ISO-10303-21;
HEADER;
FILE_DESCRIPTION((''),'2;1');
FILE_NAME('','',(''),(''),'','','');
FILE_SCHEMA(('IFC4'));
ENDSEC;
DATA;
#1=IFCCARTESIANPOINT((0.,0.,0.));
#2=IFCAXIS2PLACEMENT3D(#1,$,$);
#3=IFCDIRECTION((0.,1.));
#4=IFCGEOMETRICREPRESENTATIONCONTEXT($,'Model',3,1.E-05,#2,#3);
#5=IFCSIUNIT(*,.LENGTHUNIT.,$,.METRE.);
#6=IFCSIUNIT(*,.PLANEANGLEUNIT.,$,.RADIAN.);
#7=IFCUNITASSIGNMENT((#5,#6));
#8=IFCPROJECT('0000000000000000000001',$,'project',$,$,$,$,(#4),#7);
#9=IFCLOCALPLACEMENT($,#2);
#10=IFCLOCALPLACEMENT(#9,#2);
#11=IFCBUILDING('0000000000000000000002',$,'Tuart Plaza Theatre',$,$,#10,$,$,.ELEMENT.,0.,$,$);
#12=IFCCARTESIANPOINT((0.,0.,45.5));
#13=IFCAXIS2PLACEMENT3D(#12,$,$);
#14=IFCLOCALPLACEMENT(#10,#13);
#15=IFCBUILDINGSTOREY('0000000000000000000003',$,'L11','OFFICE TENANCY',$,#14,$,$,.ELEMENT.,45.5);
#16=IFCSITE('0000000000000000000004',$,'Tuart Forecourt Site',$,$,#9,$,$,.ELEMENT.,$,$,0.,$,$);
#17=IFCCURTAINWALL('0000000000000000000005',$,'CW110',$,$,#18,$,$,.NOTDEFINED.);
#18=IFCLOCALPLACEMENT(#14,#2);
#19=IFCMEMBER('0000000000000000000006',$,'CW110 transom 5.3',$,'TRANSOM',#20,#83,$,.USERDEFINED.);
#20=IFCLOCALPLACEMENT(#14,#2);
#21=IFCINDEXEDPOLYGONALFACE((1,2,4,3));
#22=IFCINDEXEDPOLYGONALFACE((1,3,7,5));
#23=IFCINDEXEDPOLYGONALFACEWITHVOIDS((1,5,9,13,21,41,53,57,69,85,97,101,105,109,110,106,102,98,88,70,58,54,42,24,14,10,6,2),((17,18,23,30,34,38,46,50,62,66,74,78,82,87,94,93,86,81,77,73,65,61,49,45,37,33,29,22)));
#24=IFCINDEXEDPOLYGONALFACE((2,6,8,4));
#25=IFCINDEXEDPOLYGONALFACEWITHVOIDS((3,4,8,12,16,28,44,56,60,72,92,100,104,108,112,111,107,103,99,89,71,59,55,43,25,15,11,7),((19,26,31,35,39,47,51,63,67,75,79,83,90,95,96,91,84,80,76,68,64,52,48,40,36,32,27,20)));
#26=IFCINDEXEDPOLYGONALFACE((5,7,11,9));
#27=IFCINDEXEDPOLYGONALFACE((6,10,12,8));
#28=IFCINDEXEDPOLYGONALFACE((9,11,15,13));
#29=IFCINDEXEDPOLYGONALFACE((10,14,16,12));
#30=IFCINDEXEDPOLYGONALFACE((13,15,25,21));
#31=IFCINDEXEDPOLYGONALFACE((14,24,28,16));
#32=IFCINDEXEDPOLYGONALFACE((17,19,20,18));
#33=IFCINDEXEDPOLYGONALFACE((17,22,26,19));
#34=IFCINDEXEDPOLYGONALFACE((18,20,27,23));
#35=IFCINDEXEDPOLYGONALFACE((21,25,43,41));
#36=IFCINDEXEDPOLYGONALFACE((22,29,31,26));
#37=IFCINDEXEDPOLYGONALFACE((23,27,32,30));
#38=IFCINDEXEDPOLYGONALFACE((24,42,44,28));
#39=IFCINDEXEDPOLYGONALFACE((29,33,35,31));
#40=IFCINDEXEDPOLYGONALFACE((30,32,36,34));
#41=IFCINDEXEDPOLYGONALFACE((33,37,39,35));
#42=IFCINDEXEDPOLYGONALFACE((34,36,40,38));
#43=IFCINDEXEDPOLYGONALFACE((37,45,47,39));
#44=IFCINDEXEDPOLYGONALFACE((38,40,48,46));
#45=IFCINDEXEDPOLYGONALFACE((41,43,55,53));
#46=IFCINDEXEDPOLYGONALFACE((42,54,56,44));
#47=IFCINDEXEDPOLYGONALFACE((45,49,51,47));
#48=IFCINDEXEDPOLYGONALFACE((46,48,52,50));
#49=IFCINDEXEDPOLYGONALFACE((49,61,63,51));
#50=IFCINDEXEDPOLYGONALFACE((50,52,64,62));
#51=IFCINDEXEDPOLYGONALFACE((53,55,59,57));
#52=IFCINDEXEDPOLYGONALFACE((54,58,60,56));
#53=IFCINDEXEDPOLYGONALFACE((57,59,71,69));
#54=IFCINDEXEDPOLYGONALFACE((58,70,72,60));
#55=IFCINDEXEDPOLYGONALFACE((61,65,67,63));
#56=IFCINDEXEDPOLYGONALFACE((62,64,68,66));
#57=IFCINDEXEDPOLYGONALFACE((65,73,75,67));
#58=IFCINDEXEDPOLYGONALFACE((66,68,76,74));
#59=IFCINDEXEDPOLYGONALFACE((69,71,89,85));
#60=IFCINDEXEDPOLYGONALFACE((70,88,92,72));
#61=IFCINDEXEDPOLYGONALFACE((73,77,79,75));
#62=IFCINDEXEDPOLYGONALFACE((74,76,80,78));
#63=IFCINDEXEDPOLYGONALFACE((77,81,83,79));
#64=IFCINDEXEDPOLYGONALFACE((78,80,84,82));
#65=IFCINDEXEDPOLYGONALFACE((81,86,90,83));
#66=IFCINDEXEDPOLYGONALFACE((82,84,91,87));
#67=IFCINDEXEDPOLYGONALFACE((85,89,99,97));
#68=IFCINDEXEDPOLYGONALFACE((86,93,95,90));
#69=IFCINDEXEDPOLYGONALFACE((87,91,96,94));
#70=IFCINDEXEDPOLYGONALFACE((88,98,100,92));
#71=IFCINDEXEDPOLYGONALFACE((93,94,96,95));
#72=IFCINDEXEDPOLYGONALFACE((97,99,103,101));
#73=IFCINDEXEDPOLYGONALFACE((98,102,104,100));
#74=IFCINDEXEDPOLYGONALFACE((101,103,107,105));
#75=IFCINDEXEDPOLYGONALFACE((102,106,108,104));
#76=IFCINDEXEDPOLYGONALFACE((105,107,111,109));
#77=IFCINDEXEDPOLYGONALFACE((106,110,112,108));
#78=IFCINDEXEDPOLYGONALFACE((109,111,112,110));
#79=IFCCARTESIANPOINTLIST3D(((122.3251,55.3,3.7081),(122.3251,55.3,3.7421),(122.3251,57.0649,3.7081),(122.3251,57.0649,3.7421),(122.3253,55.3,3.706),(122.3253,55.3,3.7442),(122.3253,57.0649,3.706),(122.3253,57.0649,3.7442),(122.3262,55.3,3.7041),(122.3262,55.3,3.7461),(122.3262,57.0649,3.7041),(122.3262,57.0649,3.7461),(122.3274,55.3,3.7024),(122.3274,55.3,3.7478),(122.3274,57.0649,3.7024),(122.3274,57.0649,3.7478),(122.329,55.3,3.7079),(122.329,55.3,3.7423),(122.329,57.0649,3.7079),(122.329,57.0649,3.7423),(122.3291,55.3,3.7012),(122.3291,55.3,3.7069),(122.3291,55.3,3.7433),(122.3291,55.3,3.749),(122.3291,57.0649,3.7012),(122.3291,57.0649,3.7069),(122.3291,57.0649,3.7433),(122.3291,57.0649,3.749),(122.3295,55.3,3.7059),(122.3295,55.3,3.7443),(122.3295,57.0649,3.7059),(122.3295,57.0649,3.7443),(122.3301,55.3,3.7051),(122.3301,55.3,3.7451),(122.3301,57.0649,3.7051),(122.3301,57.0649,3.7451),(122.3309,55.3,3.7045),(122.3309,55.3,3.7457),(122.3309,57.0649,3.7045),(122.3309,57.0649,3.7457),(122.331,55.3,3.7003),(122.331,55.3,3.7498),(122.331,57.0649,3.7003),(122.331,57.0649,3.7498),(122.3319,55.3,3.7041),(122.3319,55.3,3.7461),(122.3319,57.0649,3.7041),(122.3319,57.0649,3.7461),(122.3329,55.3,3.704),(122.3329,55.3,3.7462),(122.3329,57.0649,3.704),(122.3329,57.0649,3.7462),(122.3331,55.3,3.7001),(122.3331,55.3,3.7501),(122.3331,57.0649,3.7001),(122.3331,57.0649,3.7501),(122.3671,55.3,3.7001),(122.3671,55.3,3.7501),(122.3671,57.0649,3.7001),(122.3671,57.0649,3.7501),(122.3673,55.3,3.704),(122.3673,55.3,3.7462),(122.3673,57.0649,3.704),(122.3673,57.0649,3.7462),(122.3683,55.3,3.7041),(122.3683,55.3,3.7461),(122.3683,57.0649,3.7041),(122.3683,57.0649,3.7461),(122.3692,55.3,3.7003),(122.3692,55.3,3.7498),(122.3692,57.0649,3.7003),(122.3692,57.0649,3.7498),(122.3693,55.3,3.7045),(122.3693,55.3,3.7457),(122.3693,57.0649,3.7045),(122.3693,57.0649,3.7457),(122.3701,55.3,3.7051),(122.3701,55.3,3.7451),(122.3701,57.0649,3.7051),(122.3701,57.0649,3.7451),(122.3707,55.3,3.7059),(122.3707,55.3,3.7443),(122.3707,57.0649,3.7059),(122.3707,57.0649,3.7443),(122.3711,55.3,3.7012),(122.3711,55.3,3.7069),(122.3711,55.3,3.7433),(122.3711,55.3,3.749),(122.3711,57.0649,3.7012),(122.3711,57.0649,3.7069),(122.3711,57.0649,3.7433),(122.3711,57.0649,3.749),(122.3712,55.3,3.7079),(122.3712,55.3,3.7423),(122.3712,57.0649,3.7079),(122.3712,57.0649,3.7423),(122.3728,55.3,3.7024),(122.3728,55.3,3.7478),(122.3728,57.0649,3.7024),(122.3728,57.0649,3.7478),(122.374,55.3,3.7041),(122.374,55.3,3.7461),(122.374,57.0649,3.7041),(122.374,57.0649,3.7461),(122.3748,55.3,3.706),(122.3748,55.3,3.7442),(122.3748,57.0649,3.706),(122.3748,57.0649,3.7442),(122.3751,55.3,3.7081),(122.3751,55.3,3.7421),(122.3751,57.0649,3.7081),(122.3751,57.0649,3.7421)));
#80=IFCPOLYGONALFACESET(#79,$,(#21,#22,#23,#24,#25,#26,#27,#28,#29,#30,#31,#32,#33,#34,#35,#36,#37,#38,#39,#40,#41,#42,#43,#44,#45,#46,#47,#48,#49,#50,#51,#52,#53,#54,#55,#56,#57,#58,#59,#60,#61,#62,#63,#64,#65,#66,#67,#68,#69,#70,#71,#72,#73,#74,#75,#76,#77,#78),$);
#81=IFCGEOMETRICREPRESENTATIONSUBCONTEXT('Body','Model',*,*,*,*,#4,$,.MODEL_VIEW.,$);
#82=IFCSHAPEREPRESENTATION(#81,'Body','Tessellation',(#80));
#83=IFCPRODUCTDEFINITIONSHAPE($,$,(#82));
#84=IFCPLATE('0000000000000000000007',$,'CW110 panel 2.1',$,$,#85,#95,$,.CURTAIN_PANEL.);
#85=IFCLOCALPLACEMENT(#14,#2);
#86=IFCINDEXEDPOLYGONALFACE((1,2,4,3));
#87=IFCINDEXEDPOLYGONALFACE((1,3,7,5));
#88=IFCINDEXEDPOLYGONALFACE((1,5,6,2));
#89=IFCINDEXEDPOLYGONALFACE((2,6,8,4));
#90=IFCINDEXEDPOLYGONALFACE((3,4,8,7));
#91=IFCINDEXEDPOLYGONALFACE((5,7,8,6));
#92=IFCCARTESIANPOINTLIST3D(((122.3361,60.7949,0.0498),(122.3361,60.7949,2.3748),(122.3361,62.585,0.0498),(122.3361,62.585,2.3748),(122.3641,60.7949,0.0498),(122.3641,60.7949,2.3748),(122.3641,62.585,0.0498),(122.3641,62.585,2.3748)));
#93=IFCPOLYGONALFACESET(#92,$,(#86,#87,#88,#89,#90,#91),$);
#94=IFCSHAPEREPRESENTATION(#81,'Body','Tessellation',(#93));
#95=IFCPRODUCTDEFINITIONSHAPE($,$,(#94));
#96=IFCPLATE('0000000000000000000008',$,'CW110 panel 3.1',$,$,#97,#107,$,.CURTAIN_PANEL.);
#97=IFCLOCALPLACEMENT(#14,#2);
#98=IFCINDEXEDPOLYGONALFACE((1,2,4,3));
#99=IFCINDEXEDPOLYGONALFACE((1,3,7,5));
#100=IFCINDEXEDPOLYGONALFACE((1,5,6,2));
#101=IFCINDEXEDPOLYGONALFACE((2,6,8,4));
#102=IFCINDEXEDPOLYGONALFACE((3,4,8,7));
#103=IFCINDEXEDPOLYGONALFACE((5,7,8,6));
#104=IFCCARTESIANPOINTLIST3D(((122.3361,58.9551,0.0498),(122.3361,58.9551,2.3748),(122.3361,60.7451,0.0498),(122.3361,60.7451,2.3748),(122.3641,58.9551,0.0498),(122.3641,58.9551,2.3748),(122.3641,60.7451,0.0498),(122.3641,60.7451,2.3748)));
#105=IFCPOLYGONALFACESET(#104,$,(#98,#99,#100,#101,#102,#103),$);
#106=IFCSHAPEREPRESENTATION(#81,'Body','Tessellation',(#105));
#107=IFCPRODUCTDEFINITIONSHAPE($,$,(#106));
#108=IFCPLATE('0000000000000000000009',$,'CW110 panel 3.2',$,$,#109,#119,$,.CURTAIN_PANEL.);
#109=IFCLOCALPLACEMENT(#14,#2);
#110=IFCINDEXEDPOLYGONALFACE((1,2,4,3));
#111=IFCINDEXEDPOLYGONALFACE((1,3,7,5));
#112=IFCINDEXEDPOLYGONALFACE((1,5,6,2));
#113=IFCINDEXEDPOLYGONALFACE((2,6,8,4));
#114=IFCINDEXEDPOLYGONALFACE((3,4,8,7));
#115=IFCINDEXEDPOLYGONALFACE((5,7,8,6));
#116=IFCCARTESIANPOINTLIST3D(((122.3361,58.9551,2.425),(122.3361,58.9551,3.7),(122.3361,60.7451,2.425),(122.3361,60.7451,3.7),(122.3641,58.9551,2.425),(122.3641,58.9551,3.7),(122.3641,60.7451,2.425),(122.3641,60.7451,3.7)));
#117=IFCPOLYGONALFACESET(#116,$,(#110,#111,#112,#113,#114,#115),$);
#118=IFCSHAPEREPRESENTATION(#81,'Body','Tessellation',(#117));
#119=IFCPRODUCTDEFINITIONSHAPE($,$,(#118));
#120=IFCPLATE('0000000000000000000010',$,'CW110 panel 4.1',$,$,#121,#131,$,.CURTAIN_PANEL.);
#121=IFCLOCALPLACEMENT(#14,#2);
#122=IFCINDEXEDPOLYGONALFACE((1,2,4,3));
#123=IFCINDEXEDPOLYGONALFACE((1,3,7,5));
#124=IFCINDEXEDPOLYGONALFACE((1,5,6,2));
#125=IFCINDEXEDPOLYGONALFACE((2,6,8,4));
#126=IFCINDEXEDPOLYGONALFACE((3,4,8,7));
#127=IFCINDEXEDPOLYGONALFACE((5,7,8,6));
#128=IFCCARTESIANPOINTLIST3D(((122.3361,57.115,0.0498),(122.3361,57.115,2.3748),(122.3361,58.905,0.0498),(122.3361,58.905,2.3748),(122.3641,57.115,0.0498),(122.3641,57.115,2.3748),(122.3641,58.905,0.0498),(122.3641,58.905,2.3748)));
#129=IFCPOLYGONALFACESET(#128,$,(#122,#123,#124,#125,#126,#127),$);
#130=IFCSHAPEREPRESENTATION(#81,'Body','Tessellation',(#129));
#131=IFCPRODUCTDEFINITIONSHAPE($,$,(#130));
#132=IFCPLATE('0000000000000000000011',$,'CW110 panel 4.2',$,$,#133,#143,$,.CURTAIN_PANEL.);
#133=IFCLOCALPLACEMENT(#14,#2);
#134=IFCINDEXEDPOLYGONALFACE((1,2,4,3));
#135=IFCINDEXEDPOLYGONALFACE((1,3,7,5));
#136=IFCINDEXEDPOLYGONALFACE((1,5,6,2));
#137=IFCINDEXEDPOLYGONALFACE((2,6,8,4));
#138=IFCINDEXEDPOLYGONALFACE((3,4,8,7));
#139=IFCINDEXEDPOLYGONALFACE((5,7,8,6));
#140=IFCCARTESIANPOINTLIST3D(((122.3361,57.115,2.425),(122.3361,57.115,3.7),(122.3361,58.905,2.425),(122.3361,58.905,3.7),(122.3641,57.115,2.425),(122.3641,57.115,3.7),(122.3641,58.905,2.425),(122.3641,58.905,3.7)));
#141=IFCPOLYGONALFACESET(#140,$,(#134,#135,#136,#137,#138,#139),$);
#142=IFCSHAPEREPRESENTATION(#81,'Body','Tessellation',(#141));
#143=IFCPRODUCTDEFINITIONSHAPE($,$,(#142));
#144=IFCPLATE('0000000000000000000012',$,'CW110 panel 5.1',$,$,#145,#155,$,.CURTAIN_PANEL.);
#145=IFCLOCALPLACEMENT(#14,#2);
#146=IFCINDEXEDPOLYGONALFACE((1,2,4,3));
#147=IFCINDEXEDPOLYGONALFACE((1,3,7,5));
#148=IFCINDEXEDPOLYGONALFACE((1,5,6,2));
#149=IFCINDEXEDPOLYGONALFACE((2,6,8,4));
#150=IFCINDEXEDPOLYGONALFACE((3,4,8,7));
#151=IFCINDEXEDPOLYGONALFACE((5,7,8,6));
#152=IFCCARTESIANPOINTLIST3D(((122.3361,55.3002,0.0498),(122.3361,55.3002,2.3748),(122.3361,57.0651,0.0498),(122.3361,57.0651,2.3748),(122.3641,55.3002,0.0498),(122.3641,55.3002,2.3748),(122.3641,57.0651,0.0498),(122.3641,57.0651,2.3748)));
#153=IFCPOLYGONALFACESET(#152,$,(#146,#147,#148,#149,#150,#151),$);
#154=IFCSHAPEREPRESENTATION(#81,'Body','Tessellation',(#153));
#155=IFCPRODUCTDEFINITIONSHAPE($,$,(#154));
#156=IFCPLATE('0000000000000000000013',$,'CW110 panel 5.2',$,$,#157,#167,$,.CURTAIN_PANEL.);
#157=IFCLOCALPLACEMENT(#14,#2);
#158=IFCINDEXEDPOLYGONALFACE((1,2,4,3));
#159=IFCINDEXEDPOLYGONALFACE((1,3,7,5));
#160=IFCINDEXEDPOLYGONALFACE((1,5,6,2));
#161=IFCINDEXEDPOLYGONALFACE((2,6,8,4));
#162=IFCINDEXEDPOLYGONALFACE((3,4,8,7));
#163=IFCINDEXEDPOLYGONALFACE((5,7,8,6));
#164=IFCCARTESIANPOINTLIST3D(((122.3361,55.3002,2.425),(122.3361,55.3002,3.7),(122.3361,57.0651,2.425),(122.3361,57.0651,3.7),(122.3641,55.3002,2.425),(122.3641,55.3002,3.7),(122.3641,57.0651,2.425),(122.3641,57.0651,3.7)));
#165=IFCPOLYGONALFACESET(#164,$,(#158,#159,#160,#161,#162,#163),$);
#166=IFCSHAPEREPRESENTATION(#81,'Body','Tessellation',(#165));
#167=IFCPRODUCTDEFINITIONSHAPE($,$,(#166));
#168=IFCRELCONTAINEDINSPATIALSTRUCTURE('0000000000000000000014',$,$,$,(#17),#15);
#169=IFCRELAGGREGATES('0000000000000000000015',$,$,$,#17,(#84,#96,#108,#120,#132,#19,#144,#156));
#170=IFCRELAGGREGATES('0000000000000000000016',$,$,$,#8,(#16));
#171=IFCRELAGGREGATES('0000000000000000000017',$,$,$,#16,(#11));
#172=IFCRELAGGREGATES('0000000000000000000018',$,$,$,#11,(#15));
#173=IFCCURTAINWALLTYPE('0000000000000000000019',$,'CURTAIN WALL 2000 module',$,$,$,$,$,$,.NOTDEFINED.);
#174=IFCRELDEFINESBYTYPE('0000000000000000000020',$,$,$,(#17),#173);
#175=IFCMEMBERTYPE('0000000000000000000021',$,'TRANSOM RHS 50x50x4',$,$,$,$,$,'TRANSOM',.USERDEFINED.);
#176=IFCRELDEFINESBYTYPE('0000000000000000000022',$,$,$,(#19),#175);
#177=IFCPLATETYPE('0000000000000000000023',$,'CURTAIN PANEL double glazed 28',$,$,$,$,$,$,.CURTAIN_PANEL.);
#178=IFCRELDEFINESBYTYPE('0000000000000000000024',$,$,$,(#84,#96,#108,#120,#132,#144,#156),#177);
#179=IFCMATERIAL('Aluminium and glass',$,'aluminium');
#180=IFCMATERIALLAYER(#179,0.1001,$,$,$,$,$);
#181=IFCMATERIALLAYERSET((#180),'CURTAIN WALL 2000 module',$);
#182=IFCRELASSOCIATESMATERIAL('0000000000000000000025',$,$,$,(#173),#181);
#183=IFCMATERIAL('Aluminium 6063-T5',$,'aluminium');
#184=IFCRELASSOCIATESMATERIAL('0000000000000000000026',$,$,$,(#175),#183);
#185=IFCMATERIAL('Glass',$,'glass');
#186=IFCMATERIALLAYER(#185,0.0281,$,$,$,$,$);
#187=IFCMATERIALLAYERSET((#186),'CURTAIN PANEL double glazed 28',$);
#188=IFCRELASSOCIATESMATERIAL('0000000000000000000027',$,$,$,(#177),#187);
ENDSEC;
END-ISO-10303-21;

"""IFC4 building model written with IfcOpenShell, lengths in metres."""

from ifc_helpers import new_model, si_unit, direction, frame, origin, origin_2d, place, context, subcontext, project, spatial, rectangle, hollow_rectangle, extrude, material, layer, layer_set, material_profile, profile_set, type_object, element, aggregate, save


model = new_model("IFC4")

# Units and contexts
model_context = context("Model", 3, precision=1e-05, world=origin(), true_north=direction((0.0, 1.0)))
body_context = subcontext(model_context, "Body", "Model", "MODEL_VIEW")
ifc_project = project(units=[si_unit("LENGTHUNIT", "METRE"), si_unit("PLANEANGLEUNIT", "RADIAN")], contexts=[model_context])

# Site, building, storey
site_placement = place(None, origin())
site = spatial("IfcSite", under=ifc_project, at=site_placement, Name="Tuart Forecourt Site", CompositionType="ELEMENT", RefElevation=0.0)
building_placement = place(site_placement, origin())
building = spatial("IfcBuilding", under=site, at=building_placement, Name="Tuart Plaza Theatre", CompositionType="ELEMENT", ElevationOfRefHeight=0.0)
storey_placement = place(building_placement, frame((0.0, 0.0, 45.5)))
storey = spatial("IfcBuildingStorey", under=building, at=storey_placement, Name="L11", Description="OFFICE TENANCY", CompositionType="ELEMENT", Elevation=45.5)

# Curtain wall, member, plates
ifc_material_1 = material(Name="Aluminium and glass", Category="aluminium")
ifc_layer_1 = layer(ifc_material_1, 0.1001)
ifc_layer_set_1 = layer_set([ifc_layer_1], Name="CURTAIN WALL 2000 module")
curtain_wall_type = type_object("IfcCurtainWallType", Name="CURTAIN WALL 2000 module", PredefinedType="NOTDEFINED", material=ifc_layer_set_1)
curtain_wall_placement = place(storey_placement, origin())
curtain_wall = element("IfcCurtainWall", 1, at=curtain_wall_placement, inside=storey, type_object=curtain_wall_type, Name="CW110", PredefinedType="NOTDEFINED")
ifc_material_2 = material(Name="Aluminium 6063-T5", Category="aluminium")
ifc_material_profile_1 = material_profile(ifc_material_2, hollow_rectangle(XDim=0.05, YDim=0.05, WallThickness=0.0039, InnerFilletRadius=0.0039, OuterFilletRadius=0.0081, at=origin_2d()), Name="RHS 50x50x4")
ifc_profile_set_1 = profile_set([ifc_material_profile_1], Name="Aluminium 6063-T5")
member_type_1 = type_object("IfcMemberType", Name="TRANSOM RHS 50x50x4", ElementType="TRANSOM", PredefinedType="USERDEFINED", material=ifc_profile_set_1)
member_1_placement = place(storey_placement, frame((122.3501, 57.0649, 3.7251), z_axis=(0.0, -1.0, 0.0), x_axis=(1.0, 0.0, 0.0)))
member_1 = element("IfcMember", 2, at=member_1_placement, type_object=member_type_1, Name="CW110 transom 5.3", ObjectType="TRANSOM", PredefinedType="USERDEFINED", context=body_context, shape_type="SweptSolid", body=[
    extrude(hollow_rectangle(XDim=0.05, YDim=0.05, WallThickness=0.0039, InnerFilletRadius=0.0039, OuterFilletRadius=0.0081, at=origin_2d()), origin(), (0.0, 0.0, 1.0), 1.7649),
])
ifc_material_3 = material(Name="Glass", Category="glass")
ifc_layer_2 = layer(ifc_material_3, 0.0281)
ifc_layer_set_2 = layer_set([ifc_layer_2], Name="CURTAIN PANEL double glazed 28")
plate_type = type_object("IfcPlateType", Name="CURTAIN PANEL double glazed 28", PredefinedType="CURTAIN_PANEL", material=ifc_layer_set_2)
plate_1_placement = place(storey_placement, frame((122.3501, 61.6899, 0.0498), z_axis=(0.0, 0.0, 1.0), x_axis=(0.0, -1.0, 0.0)))
plate_1 = element("IfcPlate", 3, at=plate_1_placement, type_object=plate_type, Name="CW110 panel 2.1", PredefinedType="CURTAIN_PANEL", context=body_context, shape_type="SweptSolid", body=[
    extrude(rectangle(XDim=1.79, YDim=0.0281, at=origin_2d()), origin(), (0.0, 0.0, 1.0), 2.325),
])
plate_2_placement = place(storey_placement, frame((122.3501, 59.8501, 0.0498), z_axis=(0.0, 0.0, 1.0), x_axis=(0.0, -1.0, 0.0)))
plate_2 = element("IfcPlate", 4, at=plate_2_placement, type_object=plate_type, Name="CW110 panel 3.1", PredefinedType="CURTAIN_PANEL", context=body_context, shape_type="SweptSolid", body=[
    extrude(rectangle(XDim=1.79, YDim=0.0281, at=origin_2d()), origin(), (0.0, 0.0, 1.0), 2.325),
])
plate_3_placement = place(storey_placement, frame((122.3501, 59.8501, 2.425), z_axis=(0.0, 0.0, 1.0), x_axis=(0.0, -1.0, 0.0)))
plate_3 = element("IfcPlate", 5, at=plate_3_placement, type_object=plate_type, Name="CW110 panel 3.2", PredefinedType="CURTAIN_PANEL", context=body_context, shape_type="SweptSolid", body=[
    extrude(rectangle(XDim=1.79, YDim=0.0281, at=origin_2d()), origin(), (0.0, 0.0, 1.0), 1.2749),
])
plate_4_placement = place(storey_placement, frame((122.3501, 58.01, 0.0498), z_axis=(0.0, 0.0, 1.0), x_axis=(0.0, -1.0, 0.0)))
plate_4 = element("IfcPlate", 6, at=plate_4_placement, type_object=plate_type, Name="CW110 panel 4.1", PredefinedType="CURTAIN_PANEL", context=body_context, shape_type="SweptSolid", body=[
    extrude(rectangle(XDim=1.79, YDim=0.0281, at=origin_2d()), origin(), (0.0, 0.0, 1.0), 2.325),
])
plate_5_placement = place(storey_placement, frame((122.3501, 58.01, 2.425), z_axis=(0.0, 0.0, 1.0), x_axis=(0.0, -1.0, 0.0)))
plate_5 = element("IfcPlate", 7, at=plate_5_placement, type_object=plate_type, Name="CW110 panel 4.2", PredefinedType="CURTAIN_PANEL", context=body_context, shape_type="SweptSolid", body=[
    extrude(rectangle(XDim=1.79, YDim=0.0281, at=origin_2d()), origin(), (0.0, 0.0, 1.0), 1.2749),
])
plate_6_placement = place(storey_placement, frame((122.3501, 56.1826, 0.0498), z_axis=(0.0, 0.0, 1.0), x_axis=(0.0, -1.0, 0.0)))
plate_6 = element("IfcPlate", 8, at=plate_6_placement, type_object=plate_type, Name="CW110 panel 5.1", PredefinedType="CURTAIN_PANEL", context=body_context, shape_type="SweptSolid", body=[
    extrude(rectangle(XDim=1.7649, YDim=0.0281, at=origin_2d()), origin(), (0.0, 0.0, 1.0), 2.325),
])
plate_7_placement = place(storey_placement, frame((122.3501, 56.1826, 2.425), z_axis=(0.0, 0.0, 1.0), x_axis=(0.0, -1.0, 0.0)))
plate_7 = element("IfcPlate", 9, at=plate_7_placement, type_object=plate_type, Name="CW110 panel 5.2", PredefinedType="CURTAIN_PANEL", context=body_context, shape_type="SweptSolid", body=[
    extrude(rectangle(XDim=1.7649, YDim=0.0281, at=origin_2d()), origin(), (0.0, 0.0, 1.0), 1.2749),
])
aggregate(curtain_wall, [plate_1, plate_2, plate_3, plate_4, plate_5, member_1, plate_6, plate_7])

save(model, "model.ifc")
